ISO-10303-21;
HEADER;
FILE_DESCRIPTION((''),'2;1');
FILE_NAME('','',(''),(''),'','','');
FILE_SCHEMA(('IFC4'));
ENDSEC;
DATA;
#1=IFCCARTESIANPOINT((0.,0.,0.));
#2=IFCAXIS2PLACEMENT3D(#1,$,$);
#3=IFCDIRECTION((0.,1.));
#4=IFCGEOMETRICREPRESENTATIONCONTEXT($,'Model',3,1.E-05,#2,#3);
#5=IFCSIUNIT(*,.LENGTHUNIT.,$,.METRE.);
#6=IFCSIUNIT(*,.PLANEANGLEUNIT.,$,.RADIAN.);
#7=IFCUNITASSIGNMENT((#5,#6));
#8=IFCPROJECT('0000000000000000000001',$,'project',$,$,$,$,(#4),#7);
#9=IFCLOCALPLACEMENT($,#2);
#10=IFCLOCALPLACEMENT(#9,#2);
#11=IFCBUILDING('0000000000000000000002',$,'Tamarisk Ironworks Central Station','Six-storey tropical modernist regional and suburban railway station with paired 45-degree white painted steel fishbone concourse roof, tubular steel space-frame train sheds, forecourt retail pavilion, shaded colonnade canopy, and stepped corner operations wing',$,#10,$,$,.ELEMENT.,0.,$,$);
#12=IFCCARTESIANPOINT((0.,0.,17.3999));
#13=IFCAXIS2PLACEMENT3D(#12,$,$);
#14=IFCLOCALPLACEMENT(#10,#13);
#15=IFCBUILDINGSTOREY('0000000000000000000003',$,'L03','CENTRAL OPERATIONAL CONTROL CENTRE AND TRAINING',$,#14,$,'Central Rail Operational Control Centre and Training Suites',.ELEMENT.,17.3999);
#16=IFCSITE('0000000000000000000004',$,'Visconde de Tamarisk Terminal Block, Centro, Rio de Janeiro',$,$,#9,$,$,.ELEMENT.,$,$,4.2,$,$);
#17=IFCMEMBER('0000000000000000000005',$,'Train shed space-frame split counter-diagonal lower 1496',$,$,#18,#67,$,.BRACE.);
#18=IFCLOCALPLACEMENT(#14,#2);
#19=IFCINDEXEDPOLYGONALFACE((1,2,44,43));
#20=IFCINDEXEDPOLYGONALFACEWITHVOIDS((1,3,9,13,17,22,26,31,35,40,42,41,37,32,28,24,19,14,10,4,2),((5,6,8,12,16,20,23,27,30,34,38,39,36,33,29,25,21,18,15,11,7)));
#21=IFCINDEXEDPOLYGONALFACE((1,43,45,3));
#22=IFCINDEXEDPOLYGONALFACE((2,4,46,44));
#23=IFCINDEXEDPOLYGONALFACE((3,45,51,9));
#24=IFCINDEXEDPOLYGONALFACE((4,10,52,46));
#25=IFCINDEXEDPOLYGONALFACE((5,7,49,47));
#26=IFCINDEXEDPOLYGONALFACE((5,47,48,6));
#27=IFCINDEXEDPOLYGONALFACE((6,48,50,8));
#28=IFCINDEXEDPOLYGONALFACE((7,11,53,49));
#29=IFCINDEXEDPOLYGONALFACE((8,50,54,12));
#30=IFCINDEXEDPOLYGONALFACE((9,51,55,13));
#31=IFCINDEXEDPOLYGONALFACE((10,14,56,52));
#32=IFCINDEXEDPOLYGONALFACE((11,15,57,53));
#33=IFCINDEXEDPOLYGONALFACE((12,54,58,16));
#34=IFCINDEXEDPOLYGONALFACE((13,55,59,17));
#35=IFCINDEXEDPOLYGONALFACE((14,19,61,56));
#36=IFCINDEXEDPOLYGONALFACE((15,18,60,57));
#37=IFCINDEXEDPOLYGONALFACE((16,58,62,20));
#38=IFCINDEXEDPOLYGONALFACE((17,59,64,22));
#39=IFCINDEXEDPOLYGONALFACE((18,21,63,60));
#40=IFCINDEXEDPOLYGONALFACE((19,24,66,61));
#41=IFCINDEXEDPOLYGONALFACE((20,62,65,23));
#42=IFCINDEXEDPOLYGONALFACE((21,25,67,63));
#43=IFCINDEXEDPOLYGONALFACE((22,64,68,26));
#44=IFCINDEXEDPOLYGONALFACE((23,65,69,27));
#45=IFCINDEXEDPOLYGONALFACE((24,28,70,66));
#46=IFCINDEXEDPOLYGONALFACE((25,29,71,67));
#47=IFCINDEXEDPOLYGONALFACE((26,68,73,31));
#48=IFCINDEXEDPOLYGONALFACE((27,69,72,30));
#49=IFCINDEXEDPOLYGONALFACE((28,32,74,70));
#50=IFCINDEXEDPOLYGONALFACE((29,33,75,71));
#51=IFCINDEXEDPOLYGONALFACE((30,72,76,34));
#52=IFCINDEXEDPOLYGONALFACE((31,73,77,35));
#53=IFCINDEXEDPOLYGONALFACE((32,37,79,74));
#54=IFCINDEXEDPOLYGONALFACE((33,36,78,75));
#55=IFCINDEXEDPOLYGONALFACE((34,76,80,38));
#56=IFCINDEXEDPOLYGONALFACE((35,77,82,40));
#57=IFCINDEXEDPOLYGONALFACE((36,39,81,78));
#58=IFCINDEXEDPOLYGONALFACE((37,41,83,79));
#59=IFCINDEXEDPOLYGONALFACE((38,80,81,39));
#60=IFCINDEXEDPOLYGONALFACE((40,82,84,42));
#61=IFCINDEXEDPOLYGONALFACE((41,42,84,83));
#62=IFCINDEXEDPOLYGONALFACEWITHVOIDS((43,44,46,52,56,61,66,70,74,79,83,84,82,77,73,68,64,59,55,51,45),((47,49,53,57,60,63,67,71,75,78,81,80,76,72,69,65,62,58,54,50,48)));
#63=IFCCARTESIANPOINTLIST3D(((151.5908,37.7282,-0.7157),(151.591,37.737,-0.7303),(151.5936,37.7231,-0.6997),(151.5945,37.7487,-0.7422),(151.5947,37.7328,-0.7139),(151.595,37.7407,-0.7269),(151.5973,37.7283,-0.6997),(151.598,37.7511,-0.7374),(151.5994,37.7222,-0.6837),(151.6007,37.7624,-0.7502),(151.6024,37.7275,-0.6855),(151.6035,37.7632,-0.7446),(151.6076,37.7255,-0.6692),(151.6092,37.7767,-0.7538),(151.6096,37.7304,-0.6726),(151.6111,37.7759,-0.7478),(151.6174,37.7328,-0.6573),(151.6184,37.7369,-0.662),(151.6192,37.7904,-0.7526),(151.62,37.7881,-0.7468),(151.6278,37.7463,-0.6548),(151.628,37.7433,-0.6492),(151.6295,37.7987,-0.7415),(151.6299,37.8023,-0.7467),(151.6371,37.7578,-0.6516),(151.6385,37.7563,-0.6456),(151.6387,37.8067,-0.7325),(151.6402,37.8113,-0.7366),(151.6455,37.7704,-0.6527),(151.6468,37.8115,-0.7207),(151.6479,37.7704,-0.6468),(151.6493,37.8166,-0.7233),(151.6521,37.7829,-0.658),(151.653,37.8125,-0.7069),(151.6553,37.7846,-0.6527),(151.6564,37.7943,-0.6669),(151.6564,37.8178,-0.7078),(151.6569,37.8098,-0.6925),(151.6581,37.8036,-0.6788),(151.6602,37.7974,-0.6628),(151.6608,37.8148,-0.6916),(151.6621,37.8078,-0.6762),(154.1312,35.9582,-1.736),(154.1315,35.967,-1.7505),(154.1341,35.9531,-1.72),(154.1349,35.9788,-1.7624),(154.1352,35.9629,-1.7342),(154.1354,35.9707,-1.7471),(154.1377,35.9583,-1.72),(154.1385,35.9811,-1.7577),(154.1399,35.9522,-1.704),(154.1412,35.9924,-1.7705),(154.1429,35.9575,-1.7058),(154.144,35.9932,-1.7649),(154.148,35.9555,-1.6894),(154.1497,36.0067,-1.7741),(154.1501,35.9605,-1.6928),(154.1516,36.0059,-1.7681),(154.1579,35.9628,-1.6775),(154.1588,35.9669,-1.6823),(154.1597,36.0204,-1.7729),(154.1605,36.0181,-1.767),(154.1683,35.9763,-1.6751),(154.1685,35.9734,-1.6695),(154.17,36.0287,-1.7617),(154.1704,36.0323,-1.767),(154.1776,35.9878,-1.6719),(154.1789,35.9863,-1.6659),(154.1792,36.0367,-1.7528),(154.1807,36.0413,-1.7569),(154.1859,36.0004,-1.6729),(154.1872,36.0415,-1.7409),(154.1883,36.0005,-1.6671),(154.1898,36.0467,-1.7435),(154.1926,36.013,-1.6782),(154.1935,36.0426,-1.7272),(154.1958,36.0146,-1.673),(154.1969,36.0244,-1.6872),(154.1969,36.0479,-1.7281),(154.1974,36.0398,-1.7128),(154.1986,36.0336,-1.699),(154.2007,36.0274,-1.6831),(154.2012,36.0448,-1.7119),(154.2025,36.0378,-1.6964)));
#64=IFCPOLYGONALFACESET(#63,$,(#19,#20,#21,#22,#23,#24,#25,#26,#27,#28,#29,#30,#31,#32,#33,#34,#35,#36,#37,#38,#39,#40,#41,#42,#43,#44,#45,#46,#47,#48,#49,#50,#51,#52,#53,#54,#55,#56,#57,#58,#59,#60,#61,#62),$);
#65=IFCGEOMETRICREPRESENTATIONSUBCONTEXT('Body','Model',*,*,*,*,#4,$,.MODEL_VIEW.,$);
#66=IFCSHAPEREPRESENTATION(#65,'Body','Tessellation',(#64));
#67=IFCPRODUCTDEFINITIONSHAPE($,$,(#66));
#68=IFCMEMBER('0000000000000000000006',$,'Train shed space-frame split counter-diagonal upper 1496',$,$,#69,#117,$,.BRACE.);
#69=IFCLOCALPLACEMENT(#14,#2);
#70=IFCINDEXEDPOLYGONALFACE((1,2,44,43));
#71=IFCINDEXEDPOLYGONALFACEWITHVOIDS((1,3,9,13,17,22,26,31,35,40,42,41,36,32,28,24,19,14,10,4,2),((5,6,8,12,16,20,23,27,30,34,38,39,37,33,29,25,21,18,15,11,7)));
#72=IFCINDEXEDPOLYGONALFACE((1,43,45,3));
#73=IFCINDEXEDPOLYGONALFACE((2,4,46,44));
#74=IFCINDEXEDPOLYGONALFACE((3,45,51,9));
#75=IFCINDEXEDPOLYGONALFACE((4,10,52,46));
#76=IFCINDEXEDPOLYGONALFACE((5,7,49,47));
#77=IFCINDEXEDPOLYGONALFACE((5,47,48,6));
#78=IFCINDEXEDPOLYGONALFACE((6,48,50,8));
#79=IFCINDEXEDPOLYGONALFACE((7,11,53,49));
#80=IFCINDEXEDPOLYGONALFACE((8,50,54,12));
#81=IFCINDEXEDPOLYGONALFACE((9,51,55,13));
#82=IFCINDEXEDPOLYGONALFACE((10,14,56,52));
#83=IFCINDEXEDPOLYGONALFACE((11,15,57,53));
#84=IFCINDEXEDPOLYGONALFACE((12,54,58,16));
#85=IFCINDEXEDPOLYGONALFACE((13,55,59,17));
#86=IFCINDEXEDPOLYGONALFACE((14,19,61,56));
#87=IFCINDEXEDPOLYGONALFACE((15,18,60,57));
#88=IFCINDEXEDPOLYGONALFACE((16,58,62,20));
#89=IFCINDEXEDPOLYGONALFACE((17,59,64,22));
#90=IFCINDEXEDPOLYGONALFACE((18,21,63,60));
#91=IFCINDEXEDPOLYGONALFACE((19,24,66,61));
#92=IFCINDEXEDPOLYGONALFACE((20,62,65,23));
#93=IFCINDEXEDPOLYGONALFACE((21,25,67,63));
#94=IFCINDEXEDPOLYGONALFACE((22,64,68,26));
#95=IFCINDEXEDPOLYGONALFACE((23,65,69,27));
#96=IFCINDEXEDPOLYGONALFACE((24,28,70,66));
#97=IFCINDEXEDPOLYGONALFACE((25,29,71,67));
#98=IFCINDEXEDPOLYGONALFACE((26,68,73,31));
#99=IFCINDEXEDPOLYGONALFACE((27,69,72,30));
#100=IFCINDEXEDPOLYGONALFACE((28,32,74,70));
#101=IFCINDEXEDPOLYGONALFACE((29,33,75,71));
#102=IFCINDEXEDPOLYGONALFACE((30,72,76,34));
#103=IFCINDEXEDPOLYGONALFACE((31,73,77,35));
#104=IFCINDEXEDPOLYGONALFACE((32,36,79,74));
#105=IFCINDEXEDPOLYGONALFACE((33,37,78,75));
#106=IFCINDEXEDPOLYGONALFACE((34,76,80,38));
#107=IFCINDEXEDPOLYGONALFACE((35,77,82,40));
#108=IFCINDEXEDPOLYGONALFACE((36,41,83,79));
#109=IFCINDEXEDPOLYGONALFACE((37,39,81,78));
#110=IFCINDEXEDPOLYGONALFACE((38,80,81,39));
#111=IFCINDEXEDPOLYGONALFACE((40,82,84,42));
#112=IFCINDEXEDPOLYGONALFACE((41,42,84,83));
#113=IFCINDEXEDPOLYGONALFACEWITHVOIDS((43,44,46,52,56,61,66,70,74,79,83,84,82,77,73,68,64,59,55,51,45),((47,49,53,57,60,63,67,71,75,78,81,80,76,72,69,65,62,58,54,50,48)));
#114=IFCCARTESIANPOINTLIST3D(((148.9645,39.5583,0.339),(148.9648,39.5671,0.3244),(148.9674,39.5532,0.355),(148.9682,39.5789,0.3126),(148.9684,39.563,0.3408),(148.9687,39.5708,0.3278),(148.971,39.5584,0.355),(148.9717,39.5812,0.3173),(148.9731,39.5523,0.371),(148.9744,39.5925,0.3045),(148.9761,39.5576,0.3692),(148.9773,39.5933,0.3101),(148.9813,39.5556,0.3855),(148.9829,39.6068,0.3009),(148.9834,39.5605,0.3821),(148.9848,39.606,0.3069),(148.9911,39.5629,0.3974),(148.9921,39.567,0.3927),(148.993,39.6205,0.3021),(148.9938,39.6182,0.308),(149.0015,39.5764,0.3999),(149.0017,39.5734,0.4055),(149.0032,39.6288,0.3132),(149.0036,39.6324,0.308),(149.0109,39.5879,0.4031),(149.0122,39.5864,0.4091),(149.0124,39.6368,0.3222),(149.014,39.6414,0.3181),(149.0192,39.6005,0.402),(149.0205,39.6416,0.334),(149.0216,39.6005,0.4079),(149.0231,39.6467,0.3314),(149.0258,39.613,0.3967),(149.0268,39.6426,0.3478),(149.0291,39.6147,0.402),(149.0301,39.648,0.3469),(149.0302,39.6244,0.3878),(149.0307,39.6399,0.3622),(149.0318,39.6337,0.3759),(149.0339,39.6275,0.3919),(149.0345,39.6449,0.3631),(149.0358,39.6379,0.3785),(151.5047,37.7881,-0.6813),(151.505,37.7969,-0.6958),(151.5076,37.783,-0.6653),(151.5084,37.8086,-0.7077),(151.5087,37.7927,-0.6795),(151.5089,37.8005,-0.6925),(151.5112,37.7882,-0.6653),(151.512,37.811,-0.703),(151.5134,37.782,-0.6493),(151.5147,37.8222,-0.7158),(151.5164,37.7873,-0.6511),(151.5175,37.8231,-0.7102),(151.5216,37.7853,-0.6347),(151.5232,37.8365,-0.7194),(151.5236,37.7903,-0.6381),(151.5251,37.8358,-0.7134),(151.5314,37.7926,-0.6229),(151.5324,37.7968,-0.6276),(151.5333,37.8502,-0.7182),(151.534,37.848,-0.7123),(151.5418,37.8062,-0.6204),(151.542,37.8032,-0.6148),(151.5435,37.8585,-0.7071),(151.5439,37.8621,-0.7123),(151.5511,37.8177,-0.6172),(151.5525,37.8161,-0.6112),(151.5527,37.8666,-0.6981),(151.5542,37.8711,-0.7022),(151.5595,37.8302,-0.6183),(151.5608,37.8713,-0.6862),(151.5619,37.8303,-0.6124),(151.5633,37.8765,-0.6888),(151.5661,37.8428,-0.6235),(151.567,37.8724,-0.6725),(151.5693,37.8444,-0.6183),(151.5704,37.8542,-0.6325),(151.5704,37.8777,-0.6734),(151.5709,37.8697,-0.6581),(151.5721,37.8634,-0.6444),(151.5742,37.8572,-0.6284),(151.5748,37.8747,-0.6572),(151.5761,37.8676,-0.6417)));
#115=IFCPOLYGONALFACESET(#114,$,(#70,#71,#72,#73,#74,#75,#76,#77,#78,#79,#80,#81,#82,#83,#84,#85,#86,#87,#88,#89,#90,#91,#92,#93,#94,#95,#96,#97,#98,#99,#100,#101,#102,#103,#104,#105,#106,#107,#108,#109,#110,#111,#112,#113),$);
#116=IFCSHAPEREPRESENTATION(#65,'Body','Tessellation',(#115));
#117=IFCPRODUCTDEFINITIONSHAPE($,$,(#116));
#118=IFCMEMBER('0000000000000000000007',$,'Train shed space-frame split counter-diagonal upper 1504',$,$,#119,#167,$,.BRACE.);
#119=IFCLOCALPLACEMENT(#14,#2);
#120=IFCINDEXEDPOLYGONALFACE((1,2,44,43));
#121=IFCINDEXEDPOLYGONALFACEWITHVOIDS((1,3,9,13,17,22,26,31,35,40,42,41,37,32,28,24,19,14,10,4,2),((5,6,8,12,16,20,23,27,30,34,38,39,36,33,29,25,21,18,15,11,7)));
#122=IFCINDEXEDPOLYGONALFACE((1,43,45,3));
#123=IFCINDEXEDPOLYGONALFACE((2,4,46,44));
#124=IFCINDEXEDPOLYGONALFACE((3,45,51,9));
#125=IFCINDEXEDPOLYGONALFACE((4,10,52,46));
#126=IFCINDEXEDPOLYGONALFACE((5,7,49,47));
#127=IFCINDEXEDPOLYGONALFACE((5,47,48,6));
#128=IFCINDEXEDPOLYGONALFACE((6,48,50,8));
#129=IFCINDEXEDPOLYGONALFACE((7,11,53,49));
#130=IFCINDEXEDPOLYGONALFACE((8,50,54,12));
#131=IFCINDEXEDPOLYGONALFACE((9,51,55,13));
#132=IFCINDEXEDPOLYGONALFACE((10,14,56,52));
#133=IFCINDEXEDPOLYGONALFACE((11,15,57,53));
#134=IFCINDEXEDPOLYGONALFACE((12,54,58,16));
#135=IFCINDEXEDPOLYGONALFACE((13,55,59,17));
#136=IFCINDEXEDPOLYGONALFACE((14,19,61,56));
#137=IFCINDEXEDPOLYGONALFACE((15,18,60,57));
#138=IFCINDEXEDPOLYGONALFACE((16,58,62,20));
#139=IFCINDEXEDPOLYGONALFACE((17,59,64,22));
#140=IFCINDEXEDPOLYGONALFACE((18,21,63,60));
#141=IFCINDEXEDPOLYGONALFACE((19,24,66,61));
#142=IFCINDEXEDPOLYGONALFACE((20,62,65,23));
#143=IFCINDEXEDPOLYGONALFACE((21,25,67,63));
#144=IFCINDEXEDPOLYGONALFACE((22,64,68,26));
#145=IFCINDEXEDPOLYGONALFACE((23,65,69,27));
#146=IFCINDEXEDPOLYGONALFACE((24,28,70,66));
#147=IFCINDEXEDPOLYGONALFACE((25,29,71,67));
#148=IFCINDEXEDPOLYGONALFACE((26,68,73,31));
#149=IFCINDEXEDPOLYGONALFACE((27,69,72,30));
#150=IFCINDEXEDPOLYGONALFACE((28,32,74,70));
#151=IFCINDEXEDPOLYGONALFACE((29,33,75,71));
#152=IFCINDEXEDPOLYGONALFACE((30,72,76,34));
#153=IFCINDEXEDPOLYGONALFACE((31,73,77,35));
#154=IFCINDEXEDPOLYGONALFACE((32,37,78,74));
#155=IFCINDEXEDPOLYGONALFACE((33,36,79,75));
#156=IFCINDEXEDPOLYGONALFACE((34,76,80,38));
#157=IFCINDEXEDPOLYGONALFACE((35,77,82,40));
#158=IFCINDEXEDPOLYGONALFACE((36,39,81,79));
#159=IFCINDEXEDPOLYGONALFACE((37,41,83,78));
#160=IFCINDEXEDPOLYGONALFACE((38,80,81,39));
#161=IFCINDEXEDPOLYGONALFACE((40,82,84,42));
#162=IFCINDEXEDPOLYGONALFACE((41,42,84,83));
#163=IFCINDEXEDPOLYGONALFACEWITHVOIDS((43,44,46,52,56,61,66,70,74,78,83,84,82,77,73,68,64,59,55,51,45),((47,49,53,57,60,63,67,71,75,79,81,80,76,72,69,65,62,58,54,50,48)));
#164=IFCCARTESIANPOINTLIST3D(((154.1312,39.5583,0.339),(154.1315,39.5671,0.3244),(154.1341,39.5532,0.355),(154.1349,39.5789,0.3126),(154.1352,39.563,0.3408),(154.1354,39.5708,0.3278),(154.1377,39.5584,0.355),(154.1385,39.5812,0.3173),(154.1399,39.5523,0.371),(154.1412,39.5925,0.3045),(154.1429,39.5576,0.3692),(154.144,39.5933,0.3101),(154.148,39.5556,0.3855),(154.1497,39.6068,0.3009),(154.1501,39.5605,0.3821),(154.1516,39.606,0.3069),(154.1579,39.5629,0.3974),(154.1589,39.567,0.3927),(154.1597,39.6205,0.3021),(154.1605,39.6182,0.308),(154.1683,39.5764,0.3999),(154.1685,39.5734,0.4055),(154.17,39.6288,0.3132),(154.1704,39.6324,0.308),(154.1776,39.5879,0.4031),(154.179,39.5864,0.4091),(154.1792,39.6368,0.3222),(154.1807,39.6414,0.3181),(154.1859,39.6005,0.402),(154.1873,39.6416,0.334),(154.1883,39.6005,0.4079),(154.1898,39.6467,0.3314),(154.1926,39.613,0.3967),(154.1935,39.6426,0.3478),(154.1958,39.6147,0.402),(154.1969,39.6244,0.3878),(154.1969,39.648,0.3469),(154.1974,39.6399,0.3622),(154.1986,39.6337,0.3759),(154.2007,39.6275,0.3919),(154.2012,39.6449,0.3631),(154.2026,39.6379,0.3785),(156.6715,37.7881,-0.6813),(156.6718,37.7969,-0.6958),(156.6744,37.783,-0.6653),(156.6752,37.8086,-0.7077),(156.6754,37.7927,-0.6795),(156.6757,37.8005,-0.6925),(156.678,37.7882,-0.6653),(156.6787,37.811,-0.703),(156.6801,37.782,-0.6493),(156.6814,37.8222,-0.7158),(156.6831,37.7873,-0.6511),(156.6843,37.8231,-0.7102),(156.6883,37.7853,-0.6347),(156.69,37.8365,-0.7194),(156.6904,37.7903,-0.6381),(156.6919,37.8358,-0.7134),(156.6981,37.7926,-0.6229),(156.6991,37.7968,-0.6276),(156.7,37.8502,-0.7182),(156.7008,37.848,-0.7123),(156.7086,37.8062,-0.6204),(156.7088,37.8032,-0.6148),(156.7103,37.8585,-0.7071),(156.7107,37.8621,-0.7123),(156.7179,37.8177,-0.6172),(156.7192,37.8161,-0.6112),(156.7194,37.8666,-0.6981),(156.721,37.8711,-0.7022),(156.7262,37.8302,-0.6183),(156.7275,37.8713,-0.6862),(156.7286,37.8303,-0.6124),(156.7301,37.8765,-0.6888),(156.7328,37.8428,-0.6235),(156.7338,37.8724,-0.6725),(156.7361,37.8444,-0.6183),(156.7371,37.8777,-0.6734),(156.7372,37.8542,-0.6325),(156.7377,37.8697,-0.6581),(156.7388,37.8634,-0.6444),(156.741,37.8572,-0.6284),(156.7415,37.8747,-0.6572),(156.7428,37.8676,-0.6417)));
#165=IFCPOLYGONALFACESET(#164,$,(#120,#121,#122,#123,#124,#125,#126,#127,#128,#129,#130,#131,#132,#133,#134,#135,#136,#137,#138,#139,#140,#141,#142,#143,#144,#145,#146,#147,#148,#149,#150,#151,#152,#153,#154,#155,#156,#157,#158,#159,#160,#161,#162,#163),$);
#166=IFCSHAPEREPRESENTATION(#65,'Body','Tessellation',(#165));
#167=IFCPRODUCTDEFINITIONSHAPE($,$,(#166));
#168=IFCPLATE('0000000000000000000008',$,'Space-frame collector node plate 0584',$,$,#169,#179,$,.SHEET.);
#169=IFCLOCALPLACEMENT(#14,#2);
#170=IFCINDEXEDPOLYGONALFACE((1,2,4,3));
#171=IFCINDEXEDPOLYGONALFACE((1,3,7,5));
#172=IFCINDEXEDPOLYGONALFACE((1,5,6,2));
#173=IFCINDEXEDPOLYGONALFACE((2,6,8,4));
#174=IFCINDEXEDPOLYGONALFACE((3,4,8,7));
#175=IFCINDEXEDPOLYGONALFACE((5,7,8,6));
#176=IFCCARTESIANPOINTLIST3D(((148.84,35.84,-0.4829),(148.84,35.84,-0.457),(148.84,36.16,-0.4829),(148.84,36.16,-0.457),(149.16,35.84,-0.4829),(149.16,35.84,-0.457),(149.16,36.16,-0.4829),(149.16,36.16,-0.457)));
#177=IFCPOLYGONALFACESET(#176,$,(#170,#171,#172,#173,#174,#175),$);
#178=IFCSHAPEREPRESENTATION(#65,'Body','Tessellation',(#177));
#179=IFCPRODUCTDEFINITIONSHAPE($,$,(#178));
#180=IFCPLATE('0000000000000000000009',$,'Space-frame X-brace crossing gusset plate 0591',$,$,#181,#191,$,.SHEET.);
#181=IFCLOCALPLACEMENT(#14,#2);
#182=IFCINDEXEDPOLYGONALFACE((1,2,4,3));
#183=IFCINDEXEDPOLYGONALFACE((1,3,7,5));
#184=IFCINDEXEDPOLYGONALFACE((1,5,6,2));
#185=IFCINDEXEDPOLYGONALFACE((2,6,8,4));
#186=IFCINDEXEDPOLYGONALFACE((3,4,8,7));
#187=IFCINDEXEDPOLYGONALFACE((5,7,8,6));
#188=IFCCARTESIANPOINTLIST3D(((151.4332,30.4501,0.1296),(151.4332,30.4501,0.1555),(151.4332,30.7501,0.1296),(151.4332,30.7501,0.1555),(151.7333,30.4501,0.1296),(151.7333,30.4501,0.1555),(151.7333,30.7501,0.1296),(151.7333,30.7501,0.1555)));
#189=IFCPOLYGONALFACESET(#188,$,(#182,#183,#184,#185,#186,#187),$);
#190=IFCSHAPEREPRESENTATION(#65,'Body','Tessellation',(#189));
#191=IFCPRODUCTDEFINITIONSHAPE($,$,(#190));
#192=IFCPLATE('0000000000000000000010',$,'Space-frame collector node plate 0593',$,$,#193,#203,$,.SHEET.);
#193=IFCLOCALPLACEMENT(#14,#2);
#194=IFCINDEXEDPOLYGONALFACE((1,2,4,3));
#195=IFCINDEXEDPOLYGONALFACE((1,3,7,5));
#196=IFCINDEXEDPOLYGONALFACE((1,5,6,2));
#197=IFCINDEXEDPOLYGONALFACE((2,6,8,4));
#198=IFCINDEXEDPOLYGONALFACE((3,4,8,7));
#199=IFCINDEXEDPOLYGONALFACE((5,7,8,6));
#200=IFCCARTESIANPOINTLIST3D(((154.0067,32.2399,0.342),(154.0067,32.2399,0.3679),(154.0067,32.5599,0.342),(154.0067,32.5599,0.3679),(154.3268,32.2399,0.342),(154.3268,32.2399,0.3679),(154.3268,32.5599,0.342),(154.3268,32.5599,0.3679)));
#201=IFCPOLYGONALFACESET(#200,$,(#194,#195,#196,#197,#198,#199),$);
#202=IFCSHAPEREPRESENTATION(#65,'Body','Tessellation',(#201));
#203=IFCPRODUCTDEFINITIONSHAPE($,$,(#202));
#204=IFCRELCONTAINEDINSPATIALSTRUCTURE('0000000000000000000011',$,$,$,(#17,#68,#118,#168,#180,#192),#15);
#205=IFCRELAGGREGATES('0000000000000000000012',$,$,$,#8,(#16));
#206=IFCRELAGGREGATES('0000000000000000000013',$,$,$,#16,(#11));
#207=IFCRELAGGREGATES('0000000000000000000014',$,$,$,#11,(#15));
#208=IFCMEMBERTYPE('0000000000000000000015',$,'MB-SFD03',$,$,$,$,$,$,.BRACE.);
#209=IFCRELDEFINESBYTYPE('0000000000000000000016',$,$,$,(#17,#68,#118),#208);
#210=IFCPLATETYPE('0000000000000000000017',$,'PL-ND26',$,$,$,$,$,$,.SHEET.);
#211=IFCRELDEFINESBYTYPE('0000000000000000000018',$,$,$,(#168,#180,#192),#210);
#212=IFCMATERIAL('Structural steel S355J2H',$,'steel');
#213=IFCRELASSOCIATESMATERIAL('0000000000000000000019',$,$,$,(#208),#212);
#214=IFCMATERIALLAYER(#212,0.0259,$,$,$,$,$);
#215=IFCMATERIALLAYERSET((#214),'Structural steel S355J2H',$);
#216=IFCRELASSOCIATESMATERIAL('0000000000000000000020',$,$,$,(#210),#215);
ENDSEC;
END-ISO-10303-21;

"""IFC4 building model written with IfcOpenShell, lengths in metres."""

from ifc_helpers import new_model, si_unit, direction, frame, origin, origin_2d, place, context, subcontext, project, spatial, rectangle, hollow_circle, extrude, material, layer, layer_set, material_profile, profile_set, type_object, element, save


model = new_model("IFC4")

# Units and contexts
model_context = context("Model", 3, precision=1e-05, world=origin(), true_north=direction((0.0, 1.0)))
body_context = subcontext(model_context, "Body", "Model", "MODEL_VIEW")
ifc_project = project(units=[si_unit("LENGTHUNIT", "METRE"), si_unit("PLANEANGLEUNIT", "RADIAN")], contexts=[model_context])

# Site, building, storey
site_placement = place(None, origin())
site = spatial("IfcSite", under=ifc_project, at=site_placement, Name="Visconde de Tamarisk Terminal Block, Centro, Rio de Janeiro", CompositionType="ELEMENT", RefElevation=4.2)
building_placement = place(site_placement, origin())
building = spatial("IfcBuilding", under=site, at=building_placement, Name="Tamarisk Ironworks Central Station", Description="Six-storey tropical modernist regional and suburban railway station with paired 45-degree white painted steel fishbone concourse roof, tubular steel space-frame train sheds, forecourt retail pavilion, shaded colonnade canopy, and stepped corner operations wing", CompositionType="ELEMENT", ElevationOfRefHeight=0.0)
storey_placement = place(building_placement, frame((0.0, 0.0, 17.3999)))
storey = spatial("IfcBuildingStorey", under=building, at=storey_placement, Name="L03", Description="CENTRAL OPERATIONAL CONTROL CENTRE AND TRAINING", LongName="Central Rail Operational Control Centre and Training Suites", CompositionType="ELEMENT", Elevation=17.3999)

# Members
ifc_material_1 = material(Name="Structural steel S355J2H", Category="steel")
ifc_material_profile_1 = material_profile(ifc_material_1, hollow_circle(Radius=0.0571, WallThickness=0.0063, at=origin_2d()), Name="CHS 114.3x6.3")
ifc_profile_set_1 = profile_set([ifc_material_profile_1], Name="Structural steel S355J2H")
member_type_1 = type_object("IfcMemberType", Name="MB-SFD03", PredefinedType="BRACE", material=ifc_profile_set_1)
for number, where, z_axis, x_axis, name in (
    (1, (154.1667, 36.0, -1.72), (-0.779281, 0.542936, 0.312956), (-0.571651, -0.820497, 0.0), "Train shed space-frame split counter-diagonal lower 1496"),
    (2, (151.5403, 37.8298, -0.6653), (-0.77922, 0.54302, 0.312961), (-0.571741, -0.820434, 0.0), "Train shed space-frame split counter-diagonal upper 1496"),
    (3, (156.707, 37.8298, -0.6653), (-0.77922, 0.54302, 0.312961), (-0.571741, -0.820434, 0.0), "Train shed space-frame split counter-diagonal upper 1504"),
):
    element("IfcMember", number, at=place(storey_placement, frame(where, z_axis=z_axis, x_axis=x_axis)), inside=storey, type_object=member_type_1, Name=name, PredefinedType="BRACE", context=body_context, shape_type="SweptSolid", body=[
        extrude(hollow_circle(Radius=0.0571, WallThickness=0.0063, at=origin_2d()), origin(), (0.0, 0.0, 1.0), 3.26),
    ])

# Plates
ifc_layer = layer(ifc_material_1, 0.0259)
ifc_layer_set = layer_set([ifc_layer], Name="Structural steel S355J2H")
plate_type = type_object("IfcPlateType", Name="PL-ND26", PredefinedType="SHEET", material=ifc_layer_set)
plate_1_placement = place(storey_placement, frame((149.0, 36.0, -0.4829), z_axis=(0.0, 0.0, 1.0), x_axis=(1.0, 0.0, 0.0)))
element("IfcPlate", 4, at=plate_1_placement, inside=storey, type_object=plate_type, Name="Space-frame collector node plate 0584", PredefinedType="SHEET", context=body_context, shape_type="SweptSolid", body=[
    extrude(rectangle(XDim=0.3201, YDim=0.3201, at=origin_2d()), origin(), (0.0, 0.0, 1.0), 0.0259),
])
plate_2_placement = place(storey_placement, frame((151.5833, 30.6001, 0.1296), z_axis=(0.0, 0.0, 1.0), x_axis=(1.0, 0.0, 0.0)))
element("IfcPlate", 5, at=plate_2_placement, inside=storey, type_object=plate_type, Name="Space-frame X-brace crossing gusset plate 0591", PredefinedType="SHEET", context=body_context, shape_type="SweptSolid", body=[
    extrude(rectangle(XDim=0.3, YDim=0.3, at=origin_2d()), origin(), (0.0, 0.0, 1.0), 0.0259),
])
plate_3_placement = place(storey_placement, frame((154.1667, 32.3999, 0.342), z_axis=(0.0, 0.0, 1.0), x_axis=(1.0, 0.0, 0.0)))
element("IfcPlate", 6, at=plate_3_placement, inside=storey, type_object=plate_type, Name="Space-frame collector node plate 0593", PredefinedType="SHEET", context=body_context, shape_type="SweptSolid", body=[
    extrude(rectangle(XDim=0.3201, YDim=0.3201, at=origin_2d()), origin(), (0.0, 0.0, 1.0), 0.0259),
])

save(model, "model.ifc")
